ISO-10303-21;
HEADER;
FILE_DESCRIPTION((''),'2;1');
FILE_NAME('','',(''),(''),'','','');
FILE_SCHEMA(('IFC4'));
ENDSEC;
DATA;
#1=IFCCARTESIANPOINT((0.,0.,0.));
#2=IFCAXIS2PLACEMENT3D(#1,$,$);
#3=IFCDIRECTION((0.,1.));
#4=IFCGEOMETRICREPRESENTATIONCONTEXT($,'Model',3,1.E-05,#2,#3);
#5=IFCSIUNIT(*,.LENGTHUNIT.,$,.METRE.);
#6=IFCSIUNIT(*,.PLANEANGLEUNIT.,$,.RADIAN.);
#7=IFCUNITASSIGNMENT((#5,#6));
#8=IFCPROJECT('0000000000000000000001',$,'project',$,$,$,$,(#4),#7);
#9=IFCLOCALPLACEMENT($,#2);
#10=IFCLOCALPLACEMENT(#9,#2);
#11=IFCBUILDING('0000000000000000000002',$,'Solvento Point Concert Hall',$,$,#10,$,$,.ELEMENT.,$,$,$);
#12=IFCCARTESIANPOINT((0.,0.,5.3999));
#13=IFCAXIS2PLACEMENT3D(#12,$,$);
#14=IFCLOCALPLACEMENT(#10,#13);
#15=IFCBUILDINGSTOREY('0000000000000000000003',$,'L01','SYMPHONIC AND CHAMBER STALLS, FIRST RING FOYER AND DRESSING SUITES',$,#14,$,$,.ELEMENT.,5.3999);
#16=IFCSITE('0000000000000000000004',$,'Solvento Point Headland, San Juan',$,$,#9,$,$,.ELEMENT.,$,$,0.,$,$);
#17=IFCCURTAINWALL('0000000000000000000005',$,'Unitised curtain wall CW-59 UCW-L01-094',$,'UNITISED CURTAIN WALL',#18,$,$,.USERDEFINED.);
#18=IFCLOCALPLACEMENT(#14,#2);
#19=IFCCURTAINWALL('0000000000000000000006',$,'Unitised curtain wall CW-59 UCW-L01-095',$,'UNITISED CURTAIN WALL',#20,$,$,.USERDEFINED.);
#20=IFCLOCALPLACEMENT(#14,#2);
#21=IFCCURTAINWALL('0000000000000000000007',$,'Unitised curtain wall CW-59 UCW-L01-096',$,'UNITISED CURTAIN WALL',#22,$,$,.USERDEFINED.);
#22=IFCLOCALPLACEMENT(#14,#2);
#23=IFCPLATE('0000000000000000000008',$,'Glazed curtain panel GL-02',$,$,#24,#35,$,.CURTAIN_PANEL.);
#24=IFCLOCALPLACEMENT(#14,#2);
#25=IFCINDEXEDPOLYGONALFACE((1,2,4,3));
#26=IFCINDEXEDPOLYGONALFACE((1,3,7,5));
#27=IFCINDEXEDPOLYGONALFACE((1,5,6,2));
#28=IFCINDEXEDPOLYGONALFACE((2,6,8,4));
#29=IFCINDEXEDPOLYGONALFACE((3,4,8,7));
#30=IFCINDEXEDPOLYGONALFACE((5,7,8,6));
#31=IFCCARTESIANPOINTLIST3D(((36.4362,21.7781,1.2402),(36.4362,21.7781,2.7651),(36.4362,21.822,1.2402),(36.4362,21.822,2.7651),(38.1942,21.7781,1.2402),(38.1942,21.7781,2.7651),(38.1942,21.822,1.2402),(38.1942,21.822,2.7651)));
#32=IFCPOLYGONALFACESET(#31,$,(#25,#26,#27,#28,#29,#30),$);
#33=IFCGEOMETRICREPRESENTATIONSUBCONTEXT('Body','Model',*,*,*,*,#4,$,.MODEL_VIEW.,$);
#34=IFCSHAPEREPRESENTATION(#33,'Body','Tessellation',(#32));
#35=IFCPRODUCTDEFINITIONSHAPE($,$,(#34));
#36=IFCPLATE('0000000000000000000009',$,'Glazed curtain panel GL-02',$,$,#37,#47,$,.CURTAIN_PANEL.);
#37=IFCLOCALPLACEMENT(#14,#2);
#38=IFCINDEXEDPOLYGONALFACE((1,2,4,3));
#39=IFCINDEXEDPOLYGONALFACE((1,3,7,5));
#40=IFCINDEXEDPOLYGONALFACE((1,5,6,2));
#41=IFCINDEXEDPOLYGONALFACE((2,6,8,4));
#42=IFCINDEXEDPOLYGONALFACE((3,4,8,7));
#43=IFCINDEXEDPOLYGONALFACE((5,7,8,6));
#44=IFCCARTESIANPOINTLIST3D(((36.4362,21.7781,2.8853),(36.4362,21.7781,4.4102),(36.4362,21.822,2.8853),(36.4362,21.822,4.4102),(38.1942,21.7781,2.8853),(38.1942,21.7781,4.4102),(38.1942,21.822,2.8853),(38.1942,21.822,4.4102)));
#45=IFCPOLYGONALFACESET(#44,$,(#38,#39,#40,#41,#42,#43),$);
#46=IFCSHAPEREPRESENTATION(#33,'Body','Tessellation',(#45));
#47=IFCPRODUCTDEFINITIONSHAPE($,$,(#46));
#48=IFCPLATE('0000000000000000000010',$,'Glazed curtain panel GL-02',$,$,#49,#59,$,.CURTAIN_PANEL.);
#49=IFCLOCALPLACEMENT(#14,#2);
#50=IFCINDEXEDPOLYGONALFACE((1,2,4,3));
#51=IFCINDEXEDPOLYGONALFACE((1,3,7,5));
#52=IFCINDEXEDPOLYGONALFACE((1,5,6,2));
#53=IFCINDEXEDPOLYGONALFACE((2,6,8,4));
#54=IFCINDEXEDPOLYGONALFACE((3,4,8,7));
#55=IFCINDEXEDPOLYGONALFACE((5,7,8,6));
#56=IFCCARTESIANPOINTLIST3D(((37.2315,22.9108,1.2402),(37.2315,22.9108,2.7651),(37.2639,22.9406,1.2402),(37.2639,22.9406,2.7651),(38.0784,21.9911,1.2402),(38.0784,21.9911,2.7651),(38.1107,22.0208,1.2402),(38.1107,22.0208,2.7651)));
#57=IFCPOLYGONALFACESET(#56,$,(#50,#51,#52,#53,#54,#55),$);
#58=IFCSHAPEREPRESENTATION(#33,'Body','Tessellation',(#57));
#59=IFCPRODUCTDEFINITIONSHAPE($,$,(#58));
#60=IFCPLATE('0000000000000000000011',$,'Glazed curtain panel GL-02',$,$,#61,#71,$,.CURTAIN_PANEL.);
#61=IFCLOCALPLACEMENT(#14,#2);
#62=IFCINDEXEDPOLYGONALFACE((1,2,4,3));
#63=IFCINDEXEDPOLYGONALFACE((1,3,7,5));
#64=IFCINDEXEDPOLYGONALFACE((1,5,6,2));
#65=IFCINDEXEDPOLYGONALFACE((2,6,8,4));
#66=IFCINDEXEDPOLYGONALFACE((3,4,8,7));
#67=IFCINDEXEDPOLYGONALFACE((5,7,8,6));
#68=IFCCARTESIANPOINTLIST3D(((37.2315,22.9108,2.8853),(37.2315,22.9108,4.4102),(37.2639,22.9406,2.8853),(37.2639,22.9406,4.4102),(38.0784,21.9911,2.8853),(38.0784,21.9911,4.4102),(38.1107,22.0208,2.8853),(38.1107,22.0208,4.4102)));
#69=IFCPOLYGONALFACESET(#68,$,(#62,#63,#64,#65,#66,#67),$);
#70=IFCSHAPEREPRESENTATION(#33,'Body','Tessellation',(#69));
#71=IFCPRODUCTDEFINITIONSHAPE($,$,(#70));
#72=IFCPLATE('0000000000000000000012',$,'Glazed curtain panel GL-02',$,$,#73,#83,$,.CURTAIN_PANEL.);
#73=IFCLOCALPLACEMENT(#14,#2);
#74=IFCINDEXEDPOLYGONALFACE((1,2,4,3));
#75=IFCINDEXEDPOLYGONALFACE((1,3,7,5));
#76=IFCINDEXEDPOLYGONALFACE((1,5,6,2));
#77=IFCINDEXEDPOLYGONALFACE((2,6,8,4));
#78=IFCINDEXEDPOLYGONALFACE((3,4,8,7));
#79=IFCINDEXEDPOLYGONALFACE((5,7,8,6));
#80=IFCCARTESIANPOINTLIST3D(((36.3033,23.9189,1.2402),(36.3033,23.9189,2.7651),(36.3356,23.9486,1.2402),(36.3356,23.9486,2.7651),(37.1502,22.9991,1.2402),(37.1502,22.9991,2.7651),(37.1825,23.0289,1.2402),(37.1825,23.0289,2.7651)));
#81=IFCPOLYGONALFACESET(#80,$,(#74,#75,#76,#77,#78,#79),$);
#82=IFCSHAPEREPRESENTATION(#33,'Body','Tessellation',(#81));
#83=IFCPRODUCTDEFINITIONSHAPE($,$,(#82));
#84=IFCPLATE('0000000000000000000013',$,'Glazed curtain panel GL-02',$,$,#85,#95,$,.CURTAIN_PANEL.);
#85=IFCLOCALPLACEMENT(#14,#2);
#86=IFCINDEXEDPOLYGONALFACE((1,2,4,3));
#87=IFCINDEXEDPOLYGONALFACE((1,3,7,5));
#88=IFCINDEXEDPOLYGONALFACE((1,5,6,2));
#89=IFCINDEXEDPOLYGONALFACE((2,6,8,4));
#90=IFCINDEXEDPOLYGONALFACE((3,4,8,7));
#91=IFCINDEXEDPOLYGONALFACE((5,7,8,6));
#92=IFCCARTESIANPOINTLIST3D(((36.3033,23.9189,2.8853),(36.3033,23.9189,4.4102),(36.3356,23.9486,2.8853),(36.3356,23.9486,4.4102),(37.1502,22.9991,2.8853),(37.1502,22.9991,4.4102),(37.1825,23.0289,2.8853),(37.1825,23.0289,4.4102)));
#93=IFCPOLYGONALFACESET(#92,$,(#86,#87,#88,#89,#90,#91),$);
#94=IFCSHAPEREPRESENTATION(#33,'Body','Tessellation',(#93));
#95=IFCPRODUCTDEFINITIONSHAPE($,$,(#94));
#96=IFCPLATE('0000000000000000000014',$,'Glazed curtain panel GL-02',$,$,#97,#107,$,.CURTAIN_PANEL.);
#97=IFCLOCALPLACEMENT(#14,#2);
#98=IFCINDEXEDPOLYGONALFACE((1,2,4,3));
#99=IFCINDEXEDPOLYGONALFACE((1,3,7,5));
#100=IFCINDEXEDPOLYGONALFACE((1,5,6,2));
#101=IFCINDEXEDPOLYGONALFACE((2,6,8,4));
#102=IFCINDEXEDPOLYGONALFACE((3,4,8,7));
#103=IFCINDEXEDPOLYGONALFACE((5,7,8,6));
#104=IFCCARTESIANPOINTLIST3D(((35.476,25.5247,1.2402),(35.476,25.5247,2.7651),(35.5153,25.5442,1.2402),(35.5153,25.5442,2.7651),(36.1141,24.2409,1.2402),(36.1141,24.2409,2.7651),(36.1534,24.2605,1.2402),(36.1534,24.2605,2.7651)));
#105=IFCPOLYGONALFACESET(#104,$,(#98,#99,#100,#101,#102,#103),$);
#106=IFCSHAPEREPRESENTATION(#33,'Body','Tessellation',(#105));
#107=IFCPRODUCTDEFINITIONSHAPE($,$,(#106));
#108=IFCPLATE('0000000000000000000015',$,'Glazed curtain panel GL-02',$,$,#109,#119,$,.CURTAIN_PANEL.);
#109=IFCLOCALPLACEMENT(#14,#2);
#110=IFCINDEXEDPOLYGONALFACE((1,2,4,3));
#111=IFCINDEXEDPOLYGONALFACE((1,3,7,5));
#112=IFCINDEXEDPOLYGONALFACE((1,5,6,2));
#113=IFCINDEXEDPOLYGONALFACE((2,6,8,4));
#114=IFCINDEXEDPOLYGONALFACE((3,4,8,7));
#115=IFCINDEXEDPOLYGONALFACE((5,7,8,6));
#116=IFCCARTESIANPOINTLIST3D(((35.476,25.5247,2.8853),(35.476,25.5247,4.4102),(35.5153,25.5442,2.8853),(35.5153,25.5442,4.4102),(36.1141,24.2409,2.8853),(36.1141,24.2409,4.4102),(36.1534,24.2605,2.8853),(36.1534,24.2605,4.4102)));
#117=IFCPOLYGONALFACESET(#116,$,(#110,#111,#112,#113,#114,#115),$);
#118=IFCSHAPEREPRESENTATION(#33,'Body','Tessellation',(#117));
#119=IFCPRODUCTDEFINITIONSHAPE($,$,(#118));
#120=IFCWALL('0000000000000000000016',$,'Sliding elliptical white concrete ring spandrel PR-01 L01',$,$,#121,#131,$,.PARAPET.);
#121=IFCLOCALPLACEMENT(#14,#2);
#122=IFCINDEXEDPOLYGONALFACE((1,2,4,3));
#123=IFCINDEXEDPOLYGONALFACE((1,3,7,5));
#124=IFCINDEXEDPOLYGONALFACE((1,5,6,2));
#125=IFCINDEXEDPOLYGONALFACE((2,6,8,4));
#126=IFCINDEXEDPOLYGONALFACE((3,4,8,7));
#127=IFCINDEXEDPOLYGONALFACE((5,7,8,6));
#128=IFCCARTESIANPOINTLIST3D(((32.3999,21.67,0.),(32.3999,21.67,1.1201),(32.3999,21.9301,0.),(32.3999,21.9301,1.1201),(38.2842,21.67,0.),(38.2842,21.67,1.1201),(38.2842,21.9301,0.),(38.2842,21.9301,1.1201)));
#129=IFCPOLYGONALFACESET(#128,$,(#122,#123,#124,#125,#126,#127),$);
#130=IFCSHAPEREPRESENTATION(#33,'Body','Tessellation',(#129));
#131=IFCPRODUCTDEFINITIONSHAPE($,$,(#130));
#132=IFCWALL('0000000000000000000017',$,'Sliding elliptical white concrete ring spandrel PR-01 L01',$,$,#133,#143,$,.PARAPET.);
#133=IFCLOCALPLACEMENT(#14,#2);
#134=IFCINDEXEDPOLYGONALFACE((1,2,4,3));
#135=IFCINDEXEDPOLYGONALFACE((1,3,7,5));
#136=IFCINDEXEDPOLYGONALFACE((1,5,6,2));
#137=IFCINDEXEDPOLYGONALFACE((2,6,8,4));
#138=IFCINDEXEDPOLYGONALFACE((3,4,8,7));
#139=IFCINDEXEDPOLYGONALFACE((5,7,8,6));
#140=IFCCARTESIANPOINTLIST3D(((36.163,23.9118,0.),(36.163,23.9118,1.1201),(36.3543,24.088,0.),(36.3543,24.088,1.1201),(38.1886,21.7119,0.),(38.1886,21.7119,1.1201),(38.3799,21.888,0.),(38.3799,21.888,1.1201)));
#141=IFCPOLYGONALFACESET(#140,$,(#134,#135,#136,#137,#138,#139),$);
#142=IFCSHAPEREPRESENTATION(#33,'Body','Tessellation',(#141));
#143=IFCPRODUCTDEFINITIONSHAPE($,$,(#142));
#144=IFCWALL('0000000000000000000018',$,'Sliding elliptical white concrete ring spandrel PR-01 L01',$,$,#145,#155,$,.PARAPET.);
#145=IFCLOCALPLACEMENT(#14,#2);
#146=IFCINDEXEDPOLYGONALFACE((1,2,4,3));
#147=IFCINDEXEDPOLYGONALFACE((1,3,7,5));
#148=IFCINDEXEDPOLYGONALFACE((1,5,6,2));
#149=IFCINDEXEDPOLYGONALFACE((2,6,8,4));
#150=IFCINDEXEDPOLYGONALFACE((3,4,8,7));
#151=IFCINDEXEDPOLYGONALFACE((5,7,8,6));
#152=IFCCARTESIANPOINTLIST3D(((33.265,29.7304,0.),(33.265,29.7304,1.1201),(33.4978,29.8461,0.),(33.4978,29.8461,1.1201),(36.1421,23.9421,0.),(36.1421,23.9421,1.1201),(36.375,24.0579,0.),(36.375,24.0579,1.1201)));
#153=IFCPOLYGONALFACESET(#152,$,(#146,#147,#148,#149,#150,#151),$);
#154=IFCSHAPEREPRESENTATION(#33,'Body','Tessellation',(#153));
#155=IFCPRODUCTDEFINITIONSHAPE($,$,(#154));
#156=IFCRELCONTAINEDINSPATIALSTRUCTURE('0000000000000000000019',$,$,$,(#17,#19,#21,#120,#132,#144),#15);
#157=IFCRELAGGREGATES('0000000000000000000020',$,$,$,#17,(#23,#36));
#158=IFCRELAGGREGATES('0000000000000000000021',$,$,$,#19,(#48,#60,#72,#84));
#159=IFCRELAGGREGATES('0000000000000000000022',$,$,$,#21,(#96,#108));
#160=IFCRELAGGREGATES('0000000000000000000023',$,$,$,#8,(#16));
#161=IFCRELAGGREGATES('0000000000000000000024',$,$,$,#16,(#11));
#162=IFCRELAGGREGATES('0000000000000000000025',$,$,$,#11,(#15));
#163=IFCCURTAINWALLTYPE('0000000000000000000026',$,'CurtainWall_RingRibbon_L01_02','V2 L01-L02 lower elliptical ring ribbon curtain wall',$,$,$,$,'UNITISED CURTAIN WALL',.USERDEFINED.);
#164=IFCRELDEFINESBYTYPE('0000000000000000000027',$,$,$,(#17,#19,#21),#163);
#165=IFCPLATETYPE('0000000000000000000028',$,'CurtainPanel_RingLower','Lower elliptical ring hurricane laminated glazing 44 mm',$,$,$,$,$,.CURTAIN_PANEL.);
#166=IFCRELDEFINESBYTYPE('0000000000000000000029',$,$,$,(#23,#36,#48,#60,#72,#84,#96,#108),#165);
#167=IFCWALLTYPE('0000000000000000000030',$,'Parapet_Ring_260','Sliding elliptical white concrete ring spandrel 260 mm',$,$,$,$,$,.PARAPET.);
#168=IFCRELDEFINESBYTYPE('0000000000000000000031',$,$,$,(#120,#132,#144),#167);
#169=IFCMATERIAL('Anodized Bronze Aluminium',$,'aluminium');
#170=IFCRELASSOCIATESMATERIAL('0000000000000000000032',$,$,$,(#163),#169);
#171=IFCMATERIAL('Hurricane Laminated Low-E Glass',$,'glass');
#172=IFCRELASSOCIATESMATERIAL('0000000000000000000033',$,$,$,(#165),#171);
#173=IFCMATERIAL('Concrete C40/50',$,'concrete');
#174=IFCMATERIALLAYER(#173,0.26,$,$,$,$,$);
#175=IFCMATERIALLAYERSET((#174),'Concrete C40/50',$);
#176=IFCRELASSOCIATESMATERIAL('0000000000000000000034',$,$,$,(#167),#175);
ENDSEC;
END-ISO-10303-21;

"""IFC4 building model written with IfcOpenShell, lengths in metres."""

from ifc_helpers import new_model, si_unit, direction, frame, frame_2d, origin, origin_2d, place, context, subcontext, project, spatial, rectangle, extrude, material, layer, layer_set, type_object, element, aggregate, save


model = new_model("IFC4")

# Units and contexts
model_context = context("Model", 3, precision=1e-05, world=origin(), true_north=direction((0.0, 1.0)))
body_context = subcontext(model_context, "Body", "Model", "MODEL_VIEW")
ifc_project = project(units=[si_unit("LENGTHUNIT", "METRE"), si_unit("PLANEANGLEUNIT", "RADIAN")], contexts=[model_context])

# Site, building, storey
site_placement = place(None, origin())
site = spatial("IfcSite", under=ifc_project, at=site_placement, Name="Solvento Point Headland, San Juan", CompositionType="ELEMENT", RefElevation=0.0)
building_placement = place(site_placement, origin())
building = spatial("IfcBuilding", under=site, at=building_placement, Name="Solvento Point Concert Hall", CompositionType="ELEMENT")
storey_placement = place(building_placement, frame((0.0, 0.0, 5.3999)))
storey = spatial("IfcBuildingStorey", under=building, at=storey_placement, Name="L01", Description="SYMPHONIC AND CHAMBER STALLS, FIRST RING FOYER AND DRESSING SUITES", CompositionType="ELEMENT", Elevation=5.3999)

# Shared definitions
ifc_material_1 = material(Name="Anodized Bronze Aluminium", Category="aluminium")
curtain_wall_type = type_object("IfcCurtainWallType", Name="CurtainWall_RingRibbon_L01_02", Description="V2 L01-L02 lower elliptical ring ribbon curtain wall", ElementType="UNITISED CURTAIN WALL", PredefinedType="USERDEFINED", material=ifc_material_1)

# Curtain walls
curtain_wall_1_placement = place(storey_placement, origin())
curtain_wall_1 = element("IfcCurtainWall", 1, at=curtain_wall_1_placement, inside=storey, type_object=curtain_wall_type, Name="Unitised curtain wall CW-59 UCW-L01-094", ObjectType="UNITISED CURTAIN WALL", PredefinedType="USERDEFINED")
curtain_wall_2_placement = place(storey_placement, origin())
curtain_wall_2 = element("IfcCurtainWall", 2, at=curtain_wall_2_placement, inside=storey, type_object=curtain_wall_type, Name="Unitised curtain wall CW-59 UCW-L01-095", ObjectType="UNITISED CURTAIN WALL", PredefinedType="USERDEFINED")
curtain_wall_3_placement = place(storey_placement, origin())
curtain_wall_3 = element("IfcCurtainWall", 3, at=curtain_wall_3_placement, inside=storey, type_object=curtain_wall_type, Name="Unitised curtain wall CW-59 UCW-L01-096", ObjectType="UNITISED CURTAIN WALL", PredefinedType="USERDEFINED")

# Plates
ifc_material_2 = material(Name="Hurricane Laminated Low-E Glass", Category="glass")
plate_type = type_object("IfcPlateType", Name="CurtainPanel_RingLower", Description="Lower elliptical ring hurricane laminated glazing 44 mm", PredefinedType="CURTAIN_PANEL", material=ifc_material_2)
plate_1_placement = place(storey_placement, frame((37.3152, 21.8, 1.2402), z_axis=(0.0, 0.0, 1.0), x_axis=(1.0, 0.0, 0.0)))
plate_1 = element("IfcPlate", 4, at=plate_1_placement, type_object=plate_type, Name="Glazed curtain panel GL-02", PredefinedType="CURTAIN_PANEL", context=body_context, shape_type="SweptSolid", body=[
    extrude(rectangle(XDim=1.7581, YDim=0.0439, at=origin_2d()), origin(), (0.0, 0.0, 1.0), 1.5249),
])
plate_2_placement = place(storey_placement, frame((37.3152, 21.8, 2.8853), z_axis=(0.0, 0.0, 1.0), x_axis=(1.0, 0.0, 0.0)))
plate_2 = element("IfcPlate", 5, at=plate_2_placement, type_object=plate_type, Name="Glazed curtain panel GL-02", PredefinedType="CURTAIN_PANEL", context=body_context, shape_type="SweptSolid", body=[
    extrude(rectangle(XDim=1.7581, YDim=0.0439, at=origin_2d()), origin(), (0.0, 0.0, 1.0), 1.5249),
])
aggregate(curtain_wall_1, [plate_1, plate_2])
plate_3_placement = place(storey_placement, frame((37.6711, 22.4658, 1.2402), z_axis=(0.0, 0.0, 1.0), x_axis=(-0.677364, 0.735648, 0.0)))
plate_3 = element("IfcPlate", 6, at=plate_3_placement, type_object=plate_type, Name="Glazed curtain panel GL-02", PredefinedType="CURTAIN_PANEL", context=body_context, shape_type="SweptSolid", body=[
    extrude(rectangle(XDim=1.2502, YDim=0.0439, at=origin_2d()), origin(), (0.0, 0.0, 1.0), 1.5249),
])
plate_4_placement = place(storey_placement, frame((37.6711, 22.4658, 2.8853), z_axis=(0.0, 0.0, 1.0), x_axis=(-0.677364, 0.735648, 0.0)))
plate_4 = element("IfcPlate", 7, at=plate_4_placement, type_object=plate_type, Name="Glazed curtain panel GL-02", PredefinedType="CURTAIN_PANEL", context=body_context, shape_type="SweptSolid", body=[
    extrude(rectangle(XDim=1.2502, YDim=0.0439, at=origin_2d()), origin(), (0.0, 0.0, 1.0), 1.5249),
])
plate_5_placement = place(storey_placement, frame((36.7429, 23.4739, 1.2402), z_axis=(0.0, 0.0, 1.0), x_axis=(-0.677364, 0.735648, 0.0)))
plate_5 = element("IfcPlate", 8, at=plate_5_placement, type_object=plate_type, Name="Glazed curtain panel GL-02", PredefinedType="CURTAIN_PANEL", context=body_context, shape_type="SweptSolid", body=[
    extrude(rectangle(XDim=1.2502, YDim=0.0439, at=origin_2d()), origin(), (0.0, 0.0, 1.0), 1.5249),
])
plate_6_placement = place(storey_placement, frame((36.7429, 23.4739, 2.8853), z_axis=(0.0, 0.0, 1.0), x_axis=(-0.677364, 0.735648, 0.0)))
plate_6 = element("IfcPlate", 9, at=plate_6_placement, type_object=plate_type, Name="Glazed curtain panel GL-02", PredefinedType="CURTAIN_PANEL", context=body_context, shape_type="SweptSolid", body=[
    extrude(rectangle(XDim=1.2502, YDim=0.0439, at=origin_2d()), origin(), (0.0, 0.0, 1.0), 1.5249),
])
aggregate(curtain_wall_2, [plate_3, plate_4, plate_5, plate_6])
plate_7_placement = place(storey_placement, frame((35.8147, 24.8926, 1.2402), z_axis=(0.0, 0.0, 1.0), x_axis=(-0.445115, 0.895473, 0.0)))
plate_7 = element("IfcPlate", 10, at=plate_7_placement, type_object=plate_type, Name="Glazed curtain panel GL-02", PredefinedType="CURTAIN_PANEL", context=body_context, shape_type="SweptSolid", body=[
    extrude(rectangle(XDim=1.4336, YDim=0.0439, at=origin_2d()), origin(), (0.0, 0.0, 1.0), 1.5249),
])
plate_8_placement = place(storey_placement, frame((35.8147, 24.8926, 2.8853), z_axis=(0.0, 0.0, 1.0), x_axis=(-0.445115, 0.895473, 0.0)))
plate_8 = element("IfcPlate", 11, at=plate_8_placement, type_object=plate_type, Name="Glazed curtain panel GL-02", PredefinedType="CURTAIN_PANEL", context=body_context, shape_type="SweptSolid", body=[
    extrude(rectangle(XDim=1.4336, YDim=0.0439, at=origin_2d()), origin(), (0.0, 0.0, 1.0), 1.5249),
])
aggregate(curtain_wall_3, [plate_7, plate_8])

# Walls
ifc_material_3 = material(Name="Concrete C40/50", Category="concrete")
ifc_layer = layer(ifc_material_3, 0.26)
ifc_layer_set = layer_set([ifc_layer], Name="Concrete C40/50")
wall_type = type_object("IfcWallType", Name="Parapet_Ring_260", Description="Sliding elliptical white concrete ring spandrel 260 mm", PredefinedType="PARAPET", material=ifc_layer_set)
wall_1_placement = place(storey_placement, frame((32.3999, 21.8, 0.0), z_axis=(0.0, 0.0, 1.0), x_axis=(1.0, 0.0, 0.0)))
element("IfcWall", 12, at=wall_1_placement, inside=storey, type_object=wall_type, Name="Sliding elliptical white concrete ring spandrel PR-01 L01", PredefinedType="PARAPET", context=body_context, shape_type="SweptSolid", body=[
    extrude(rectangle(XDim=5.8843, YDim=0.26, at=frame_2d((2.9421, 0.0))), origin(), (0.0, 0.0, 1.0), 1.1201),
])
wall_2_placement = place(storey_placement, frame((38.2842, 21.8, 0.0), z_axis=(0.0, 0.0, 1.0), x_axis=(-0.677361, 0.735651, 0.0)))
element("IfcWall", 13, at=wall_2_placement, inside=storey, type_object=wall_type, Name="Sliding elliptical white concrete ring spandrel PR-01 L01", PredefinedType="PARAPET", context=body_context, shape_type="SweptSolid", body=[
    extrude(rectangle(XDim=2.9905, YDim=0.26, at=frame_2d((1.4951, 0.0))), origin(), (0.0, 0.0, 1.0), 1.1201),
])
wall_3_placement = place(storey_placement, frame((36.2585, 24.0, 0.0), z_axis=(0.0, 0.0, 1.0), x_axis=(-0.445112, 0.895475, 0.0)))
element("IfcWall", 14, at=wall_3_placement, inside=storey, type_object=wall_type, Name="Sliding elliptical white concrete ring spandrel PR-01 L01", PredefinedType="PARAPET", context=body_context, shape_type="SweptSolid", body=[
    extrude(rectangle(XDim=6.4639, YDim=0.26, at=frame_2d((3.2319, 0.0))), origin(), (0.0, 0.0, 1.0), 1.1201),
])

save(model, "model.ifc")
